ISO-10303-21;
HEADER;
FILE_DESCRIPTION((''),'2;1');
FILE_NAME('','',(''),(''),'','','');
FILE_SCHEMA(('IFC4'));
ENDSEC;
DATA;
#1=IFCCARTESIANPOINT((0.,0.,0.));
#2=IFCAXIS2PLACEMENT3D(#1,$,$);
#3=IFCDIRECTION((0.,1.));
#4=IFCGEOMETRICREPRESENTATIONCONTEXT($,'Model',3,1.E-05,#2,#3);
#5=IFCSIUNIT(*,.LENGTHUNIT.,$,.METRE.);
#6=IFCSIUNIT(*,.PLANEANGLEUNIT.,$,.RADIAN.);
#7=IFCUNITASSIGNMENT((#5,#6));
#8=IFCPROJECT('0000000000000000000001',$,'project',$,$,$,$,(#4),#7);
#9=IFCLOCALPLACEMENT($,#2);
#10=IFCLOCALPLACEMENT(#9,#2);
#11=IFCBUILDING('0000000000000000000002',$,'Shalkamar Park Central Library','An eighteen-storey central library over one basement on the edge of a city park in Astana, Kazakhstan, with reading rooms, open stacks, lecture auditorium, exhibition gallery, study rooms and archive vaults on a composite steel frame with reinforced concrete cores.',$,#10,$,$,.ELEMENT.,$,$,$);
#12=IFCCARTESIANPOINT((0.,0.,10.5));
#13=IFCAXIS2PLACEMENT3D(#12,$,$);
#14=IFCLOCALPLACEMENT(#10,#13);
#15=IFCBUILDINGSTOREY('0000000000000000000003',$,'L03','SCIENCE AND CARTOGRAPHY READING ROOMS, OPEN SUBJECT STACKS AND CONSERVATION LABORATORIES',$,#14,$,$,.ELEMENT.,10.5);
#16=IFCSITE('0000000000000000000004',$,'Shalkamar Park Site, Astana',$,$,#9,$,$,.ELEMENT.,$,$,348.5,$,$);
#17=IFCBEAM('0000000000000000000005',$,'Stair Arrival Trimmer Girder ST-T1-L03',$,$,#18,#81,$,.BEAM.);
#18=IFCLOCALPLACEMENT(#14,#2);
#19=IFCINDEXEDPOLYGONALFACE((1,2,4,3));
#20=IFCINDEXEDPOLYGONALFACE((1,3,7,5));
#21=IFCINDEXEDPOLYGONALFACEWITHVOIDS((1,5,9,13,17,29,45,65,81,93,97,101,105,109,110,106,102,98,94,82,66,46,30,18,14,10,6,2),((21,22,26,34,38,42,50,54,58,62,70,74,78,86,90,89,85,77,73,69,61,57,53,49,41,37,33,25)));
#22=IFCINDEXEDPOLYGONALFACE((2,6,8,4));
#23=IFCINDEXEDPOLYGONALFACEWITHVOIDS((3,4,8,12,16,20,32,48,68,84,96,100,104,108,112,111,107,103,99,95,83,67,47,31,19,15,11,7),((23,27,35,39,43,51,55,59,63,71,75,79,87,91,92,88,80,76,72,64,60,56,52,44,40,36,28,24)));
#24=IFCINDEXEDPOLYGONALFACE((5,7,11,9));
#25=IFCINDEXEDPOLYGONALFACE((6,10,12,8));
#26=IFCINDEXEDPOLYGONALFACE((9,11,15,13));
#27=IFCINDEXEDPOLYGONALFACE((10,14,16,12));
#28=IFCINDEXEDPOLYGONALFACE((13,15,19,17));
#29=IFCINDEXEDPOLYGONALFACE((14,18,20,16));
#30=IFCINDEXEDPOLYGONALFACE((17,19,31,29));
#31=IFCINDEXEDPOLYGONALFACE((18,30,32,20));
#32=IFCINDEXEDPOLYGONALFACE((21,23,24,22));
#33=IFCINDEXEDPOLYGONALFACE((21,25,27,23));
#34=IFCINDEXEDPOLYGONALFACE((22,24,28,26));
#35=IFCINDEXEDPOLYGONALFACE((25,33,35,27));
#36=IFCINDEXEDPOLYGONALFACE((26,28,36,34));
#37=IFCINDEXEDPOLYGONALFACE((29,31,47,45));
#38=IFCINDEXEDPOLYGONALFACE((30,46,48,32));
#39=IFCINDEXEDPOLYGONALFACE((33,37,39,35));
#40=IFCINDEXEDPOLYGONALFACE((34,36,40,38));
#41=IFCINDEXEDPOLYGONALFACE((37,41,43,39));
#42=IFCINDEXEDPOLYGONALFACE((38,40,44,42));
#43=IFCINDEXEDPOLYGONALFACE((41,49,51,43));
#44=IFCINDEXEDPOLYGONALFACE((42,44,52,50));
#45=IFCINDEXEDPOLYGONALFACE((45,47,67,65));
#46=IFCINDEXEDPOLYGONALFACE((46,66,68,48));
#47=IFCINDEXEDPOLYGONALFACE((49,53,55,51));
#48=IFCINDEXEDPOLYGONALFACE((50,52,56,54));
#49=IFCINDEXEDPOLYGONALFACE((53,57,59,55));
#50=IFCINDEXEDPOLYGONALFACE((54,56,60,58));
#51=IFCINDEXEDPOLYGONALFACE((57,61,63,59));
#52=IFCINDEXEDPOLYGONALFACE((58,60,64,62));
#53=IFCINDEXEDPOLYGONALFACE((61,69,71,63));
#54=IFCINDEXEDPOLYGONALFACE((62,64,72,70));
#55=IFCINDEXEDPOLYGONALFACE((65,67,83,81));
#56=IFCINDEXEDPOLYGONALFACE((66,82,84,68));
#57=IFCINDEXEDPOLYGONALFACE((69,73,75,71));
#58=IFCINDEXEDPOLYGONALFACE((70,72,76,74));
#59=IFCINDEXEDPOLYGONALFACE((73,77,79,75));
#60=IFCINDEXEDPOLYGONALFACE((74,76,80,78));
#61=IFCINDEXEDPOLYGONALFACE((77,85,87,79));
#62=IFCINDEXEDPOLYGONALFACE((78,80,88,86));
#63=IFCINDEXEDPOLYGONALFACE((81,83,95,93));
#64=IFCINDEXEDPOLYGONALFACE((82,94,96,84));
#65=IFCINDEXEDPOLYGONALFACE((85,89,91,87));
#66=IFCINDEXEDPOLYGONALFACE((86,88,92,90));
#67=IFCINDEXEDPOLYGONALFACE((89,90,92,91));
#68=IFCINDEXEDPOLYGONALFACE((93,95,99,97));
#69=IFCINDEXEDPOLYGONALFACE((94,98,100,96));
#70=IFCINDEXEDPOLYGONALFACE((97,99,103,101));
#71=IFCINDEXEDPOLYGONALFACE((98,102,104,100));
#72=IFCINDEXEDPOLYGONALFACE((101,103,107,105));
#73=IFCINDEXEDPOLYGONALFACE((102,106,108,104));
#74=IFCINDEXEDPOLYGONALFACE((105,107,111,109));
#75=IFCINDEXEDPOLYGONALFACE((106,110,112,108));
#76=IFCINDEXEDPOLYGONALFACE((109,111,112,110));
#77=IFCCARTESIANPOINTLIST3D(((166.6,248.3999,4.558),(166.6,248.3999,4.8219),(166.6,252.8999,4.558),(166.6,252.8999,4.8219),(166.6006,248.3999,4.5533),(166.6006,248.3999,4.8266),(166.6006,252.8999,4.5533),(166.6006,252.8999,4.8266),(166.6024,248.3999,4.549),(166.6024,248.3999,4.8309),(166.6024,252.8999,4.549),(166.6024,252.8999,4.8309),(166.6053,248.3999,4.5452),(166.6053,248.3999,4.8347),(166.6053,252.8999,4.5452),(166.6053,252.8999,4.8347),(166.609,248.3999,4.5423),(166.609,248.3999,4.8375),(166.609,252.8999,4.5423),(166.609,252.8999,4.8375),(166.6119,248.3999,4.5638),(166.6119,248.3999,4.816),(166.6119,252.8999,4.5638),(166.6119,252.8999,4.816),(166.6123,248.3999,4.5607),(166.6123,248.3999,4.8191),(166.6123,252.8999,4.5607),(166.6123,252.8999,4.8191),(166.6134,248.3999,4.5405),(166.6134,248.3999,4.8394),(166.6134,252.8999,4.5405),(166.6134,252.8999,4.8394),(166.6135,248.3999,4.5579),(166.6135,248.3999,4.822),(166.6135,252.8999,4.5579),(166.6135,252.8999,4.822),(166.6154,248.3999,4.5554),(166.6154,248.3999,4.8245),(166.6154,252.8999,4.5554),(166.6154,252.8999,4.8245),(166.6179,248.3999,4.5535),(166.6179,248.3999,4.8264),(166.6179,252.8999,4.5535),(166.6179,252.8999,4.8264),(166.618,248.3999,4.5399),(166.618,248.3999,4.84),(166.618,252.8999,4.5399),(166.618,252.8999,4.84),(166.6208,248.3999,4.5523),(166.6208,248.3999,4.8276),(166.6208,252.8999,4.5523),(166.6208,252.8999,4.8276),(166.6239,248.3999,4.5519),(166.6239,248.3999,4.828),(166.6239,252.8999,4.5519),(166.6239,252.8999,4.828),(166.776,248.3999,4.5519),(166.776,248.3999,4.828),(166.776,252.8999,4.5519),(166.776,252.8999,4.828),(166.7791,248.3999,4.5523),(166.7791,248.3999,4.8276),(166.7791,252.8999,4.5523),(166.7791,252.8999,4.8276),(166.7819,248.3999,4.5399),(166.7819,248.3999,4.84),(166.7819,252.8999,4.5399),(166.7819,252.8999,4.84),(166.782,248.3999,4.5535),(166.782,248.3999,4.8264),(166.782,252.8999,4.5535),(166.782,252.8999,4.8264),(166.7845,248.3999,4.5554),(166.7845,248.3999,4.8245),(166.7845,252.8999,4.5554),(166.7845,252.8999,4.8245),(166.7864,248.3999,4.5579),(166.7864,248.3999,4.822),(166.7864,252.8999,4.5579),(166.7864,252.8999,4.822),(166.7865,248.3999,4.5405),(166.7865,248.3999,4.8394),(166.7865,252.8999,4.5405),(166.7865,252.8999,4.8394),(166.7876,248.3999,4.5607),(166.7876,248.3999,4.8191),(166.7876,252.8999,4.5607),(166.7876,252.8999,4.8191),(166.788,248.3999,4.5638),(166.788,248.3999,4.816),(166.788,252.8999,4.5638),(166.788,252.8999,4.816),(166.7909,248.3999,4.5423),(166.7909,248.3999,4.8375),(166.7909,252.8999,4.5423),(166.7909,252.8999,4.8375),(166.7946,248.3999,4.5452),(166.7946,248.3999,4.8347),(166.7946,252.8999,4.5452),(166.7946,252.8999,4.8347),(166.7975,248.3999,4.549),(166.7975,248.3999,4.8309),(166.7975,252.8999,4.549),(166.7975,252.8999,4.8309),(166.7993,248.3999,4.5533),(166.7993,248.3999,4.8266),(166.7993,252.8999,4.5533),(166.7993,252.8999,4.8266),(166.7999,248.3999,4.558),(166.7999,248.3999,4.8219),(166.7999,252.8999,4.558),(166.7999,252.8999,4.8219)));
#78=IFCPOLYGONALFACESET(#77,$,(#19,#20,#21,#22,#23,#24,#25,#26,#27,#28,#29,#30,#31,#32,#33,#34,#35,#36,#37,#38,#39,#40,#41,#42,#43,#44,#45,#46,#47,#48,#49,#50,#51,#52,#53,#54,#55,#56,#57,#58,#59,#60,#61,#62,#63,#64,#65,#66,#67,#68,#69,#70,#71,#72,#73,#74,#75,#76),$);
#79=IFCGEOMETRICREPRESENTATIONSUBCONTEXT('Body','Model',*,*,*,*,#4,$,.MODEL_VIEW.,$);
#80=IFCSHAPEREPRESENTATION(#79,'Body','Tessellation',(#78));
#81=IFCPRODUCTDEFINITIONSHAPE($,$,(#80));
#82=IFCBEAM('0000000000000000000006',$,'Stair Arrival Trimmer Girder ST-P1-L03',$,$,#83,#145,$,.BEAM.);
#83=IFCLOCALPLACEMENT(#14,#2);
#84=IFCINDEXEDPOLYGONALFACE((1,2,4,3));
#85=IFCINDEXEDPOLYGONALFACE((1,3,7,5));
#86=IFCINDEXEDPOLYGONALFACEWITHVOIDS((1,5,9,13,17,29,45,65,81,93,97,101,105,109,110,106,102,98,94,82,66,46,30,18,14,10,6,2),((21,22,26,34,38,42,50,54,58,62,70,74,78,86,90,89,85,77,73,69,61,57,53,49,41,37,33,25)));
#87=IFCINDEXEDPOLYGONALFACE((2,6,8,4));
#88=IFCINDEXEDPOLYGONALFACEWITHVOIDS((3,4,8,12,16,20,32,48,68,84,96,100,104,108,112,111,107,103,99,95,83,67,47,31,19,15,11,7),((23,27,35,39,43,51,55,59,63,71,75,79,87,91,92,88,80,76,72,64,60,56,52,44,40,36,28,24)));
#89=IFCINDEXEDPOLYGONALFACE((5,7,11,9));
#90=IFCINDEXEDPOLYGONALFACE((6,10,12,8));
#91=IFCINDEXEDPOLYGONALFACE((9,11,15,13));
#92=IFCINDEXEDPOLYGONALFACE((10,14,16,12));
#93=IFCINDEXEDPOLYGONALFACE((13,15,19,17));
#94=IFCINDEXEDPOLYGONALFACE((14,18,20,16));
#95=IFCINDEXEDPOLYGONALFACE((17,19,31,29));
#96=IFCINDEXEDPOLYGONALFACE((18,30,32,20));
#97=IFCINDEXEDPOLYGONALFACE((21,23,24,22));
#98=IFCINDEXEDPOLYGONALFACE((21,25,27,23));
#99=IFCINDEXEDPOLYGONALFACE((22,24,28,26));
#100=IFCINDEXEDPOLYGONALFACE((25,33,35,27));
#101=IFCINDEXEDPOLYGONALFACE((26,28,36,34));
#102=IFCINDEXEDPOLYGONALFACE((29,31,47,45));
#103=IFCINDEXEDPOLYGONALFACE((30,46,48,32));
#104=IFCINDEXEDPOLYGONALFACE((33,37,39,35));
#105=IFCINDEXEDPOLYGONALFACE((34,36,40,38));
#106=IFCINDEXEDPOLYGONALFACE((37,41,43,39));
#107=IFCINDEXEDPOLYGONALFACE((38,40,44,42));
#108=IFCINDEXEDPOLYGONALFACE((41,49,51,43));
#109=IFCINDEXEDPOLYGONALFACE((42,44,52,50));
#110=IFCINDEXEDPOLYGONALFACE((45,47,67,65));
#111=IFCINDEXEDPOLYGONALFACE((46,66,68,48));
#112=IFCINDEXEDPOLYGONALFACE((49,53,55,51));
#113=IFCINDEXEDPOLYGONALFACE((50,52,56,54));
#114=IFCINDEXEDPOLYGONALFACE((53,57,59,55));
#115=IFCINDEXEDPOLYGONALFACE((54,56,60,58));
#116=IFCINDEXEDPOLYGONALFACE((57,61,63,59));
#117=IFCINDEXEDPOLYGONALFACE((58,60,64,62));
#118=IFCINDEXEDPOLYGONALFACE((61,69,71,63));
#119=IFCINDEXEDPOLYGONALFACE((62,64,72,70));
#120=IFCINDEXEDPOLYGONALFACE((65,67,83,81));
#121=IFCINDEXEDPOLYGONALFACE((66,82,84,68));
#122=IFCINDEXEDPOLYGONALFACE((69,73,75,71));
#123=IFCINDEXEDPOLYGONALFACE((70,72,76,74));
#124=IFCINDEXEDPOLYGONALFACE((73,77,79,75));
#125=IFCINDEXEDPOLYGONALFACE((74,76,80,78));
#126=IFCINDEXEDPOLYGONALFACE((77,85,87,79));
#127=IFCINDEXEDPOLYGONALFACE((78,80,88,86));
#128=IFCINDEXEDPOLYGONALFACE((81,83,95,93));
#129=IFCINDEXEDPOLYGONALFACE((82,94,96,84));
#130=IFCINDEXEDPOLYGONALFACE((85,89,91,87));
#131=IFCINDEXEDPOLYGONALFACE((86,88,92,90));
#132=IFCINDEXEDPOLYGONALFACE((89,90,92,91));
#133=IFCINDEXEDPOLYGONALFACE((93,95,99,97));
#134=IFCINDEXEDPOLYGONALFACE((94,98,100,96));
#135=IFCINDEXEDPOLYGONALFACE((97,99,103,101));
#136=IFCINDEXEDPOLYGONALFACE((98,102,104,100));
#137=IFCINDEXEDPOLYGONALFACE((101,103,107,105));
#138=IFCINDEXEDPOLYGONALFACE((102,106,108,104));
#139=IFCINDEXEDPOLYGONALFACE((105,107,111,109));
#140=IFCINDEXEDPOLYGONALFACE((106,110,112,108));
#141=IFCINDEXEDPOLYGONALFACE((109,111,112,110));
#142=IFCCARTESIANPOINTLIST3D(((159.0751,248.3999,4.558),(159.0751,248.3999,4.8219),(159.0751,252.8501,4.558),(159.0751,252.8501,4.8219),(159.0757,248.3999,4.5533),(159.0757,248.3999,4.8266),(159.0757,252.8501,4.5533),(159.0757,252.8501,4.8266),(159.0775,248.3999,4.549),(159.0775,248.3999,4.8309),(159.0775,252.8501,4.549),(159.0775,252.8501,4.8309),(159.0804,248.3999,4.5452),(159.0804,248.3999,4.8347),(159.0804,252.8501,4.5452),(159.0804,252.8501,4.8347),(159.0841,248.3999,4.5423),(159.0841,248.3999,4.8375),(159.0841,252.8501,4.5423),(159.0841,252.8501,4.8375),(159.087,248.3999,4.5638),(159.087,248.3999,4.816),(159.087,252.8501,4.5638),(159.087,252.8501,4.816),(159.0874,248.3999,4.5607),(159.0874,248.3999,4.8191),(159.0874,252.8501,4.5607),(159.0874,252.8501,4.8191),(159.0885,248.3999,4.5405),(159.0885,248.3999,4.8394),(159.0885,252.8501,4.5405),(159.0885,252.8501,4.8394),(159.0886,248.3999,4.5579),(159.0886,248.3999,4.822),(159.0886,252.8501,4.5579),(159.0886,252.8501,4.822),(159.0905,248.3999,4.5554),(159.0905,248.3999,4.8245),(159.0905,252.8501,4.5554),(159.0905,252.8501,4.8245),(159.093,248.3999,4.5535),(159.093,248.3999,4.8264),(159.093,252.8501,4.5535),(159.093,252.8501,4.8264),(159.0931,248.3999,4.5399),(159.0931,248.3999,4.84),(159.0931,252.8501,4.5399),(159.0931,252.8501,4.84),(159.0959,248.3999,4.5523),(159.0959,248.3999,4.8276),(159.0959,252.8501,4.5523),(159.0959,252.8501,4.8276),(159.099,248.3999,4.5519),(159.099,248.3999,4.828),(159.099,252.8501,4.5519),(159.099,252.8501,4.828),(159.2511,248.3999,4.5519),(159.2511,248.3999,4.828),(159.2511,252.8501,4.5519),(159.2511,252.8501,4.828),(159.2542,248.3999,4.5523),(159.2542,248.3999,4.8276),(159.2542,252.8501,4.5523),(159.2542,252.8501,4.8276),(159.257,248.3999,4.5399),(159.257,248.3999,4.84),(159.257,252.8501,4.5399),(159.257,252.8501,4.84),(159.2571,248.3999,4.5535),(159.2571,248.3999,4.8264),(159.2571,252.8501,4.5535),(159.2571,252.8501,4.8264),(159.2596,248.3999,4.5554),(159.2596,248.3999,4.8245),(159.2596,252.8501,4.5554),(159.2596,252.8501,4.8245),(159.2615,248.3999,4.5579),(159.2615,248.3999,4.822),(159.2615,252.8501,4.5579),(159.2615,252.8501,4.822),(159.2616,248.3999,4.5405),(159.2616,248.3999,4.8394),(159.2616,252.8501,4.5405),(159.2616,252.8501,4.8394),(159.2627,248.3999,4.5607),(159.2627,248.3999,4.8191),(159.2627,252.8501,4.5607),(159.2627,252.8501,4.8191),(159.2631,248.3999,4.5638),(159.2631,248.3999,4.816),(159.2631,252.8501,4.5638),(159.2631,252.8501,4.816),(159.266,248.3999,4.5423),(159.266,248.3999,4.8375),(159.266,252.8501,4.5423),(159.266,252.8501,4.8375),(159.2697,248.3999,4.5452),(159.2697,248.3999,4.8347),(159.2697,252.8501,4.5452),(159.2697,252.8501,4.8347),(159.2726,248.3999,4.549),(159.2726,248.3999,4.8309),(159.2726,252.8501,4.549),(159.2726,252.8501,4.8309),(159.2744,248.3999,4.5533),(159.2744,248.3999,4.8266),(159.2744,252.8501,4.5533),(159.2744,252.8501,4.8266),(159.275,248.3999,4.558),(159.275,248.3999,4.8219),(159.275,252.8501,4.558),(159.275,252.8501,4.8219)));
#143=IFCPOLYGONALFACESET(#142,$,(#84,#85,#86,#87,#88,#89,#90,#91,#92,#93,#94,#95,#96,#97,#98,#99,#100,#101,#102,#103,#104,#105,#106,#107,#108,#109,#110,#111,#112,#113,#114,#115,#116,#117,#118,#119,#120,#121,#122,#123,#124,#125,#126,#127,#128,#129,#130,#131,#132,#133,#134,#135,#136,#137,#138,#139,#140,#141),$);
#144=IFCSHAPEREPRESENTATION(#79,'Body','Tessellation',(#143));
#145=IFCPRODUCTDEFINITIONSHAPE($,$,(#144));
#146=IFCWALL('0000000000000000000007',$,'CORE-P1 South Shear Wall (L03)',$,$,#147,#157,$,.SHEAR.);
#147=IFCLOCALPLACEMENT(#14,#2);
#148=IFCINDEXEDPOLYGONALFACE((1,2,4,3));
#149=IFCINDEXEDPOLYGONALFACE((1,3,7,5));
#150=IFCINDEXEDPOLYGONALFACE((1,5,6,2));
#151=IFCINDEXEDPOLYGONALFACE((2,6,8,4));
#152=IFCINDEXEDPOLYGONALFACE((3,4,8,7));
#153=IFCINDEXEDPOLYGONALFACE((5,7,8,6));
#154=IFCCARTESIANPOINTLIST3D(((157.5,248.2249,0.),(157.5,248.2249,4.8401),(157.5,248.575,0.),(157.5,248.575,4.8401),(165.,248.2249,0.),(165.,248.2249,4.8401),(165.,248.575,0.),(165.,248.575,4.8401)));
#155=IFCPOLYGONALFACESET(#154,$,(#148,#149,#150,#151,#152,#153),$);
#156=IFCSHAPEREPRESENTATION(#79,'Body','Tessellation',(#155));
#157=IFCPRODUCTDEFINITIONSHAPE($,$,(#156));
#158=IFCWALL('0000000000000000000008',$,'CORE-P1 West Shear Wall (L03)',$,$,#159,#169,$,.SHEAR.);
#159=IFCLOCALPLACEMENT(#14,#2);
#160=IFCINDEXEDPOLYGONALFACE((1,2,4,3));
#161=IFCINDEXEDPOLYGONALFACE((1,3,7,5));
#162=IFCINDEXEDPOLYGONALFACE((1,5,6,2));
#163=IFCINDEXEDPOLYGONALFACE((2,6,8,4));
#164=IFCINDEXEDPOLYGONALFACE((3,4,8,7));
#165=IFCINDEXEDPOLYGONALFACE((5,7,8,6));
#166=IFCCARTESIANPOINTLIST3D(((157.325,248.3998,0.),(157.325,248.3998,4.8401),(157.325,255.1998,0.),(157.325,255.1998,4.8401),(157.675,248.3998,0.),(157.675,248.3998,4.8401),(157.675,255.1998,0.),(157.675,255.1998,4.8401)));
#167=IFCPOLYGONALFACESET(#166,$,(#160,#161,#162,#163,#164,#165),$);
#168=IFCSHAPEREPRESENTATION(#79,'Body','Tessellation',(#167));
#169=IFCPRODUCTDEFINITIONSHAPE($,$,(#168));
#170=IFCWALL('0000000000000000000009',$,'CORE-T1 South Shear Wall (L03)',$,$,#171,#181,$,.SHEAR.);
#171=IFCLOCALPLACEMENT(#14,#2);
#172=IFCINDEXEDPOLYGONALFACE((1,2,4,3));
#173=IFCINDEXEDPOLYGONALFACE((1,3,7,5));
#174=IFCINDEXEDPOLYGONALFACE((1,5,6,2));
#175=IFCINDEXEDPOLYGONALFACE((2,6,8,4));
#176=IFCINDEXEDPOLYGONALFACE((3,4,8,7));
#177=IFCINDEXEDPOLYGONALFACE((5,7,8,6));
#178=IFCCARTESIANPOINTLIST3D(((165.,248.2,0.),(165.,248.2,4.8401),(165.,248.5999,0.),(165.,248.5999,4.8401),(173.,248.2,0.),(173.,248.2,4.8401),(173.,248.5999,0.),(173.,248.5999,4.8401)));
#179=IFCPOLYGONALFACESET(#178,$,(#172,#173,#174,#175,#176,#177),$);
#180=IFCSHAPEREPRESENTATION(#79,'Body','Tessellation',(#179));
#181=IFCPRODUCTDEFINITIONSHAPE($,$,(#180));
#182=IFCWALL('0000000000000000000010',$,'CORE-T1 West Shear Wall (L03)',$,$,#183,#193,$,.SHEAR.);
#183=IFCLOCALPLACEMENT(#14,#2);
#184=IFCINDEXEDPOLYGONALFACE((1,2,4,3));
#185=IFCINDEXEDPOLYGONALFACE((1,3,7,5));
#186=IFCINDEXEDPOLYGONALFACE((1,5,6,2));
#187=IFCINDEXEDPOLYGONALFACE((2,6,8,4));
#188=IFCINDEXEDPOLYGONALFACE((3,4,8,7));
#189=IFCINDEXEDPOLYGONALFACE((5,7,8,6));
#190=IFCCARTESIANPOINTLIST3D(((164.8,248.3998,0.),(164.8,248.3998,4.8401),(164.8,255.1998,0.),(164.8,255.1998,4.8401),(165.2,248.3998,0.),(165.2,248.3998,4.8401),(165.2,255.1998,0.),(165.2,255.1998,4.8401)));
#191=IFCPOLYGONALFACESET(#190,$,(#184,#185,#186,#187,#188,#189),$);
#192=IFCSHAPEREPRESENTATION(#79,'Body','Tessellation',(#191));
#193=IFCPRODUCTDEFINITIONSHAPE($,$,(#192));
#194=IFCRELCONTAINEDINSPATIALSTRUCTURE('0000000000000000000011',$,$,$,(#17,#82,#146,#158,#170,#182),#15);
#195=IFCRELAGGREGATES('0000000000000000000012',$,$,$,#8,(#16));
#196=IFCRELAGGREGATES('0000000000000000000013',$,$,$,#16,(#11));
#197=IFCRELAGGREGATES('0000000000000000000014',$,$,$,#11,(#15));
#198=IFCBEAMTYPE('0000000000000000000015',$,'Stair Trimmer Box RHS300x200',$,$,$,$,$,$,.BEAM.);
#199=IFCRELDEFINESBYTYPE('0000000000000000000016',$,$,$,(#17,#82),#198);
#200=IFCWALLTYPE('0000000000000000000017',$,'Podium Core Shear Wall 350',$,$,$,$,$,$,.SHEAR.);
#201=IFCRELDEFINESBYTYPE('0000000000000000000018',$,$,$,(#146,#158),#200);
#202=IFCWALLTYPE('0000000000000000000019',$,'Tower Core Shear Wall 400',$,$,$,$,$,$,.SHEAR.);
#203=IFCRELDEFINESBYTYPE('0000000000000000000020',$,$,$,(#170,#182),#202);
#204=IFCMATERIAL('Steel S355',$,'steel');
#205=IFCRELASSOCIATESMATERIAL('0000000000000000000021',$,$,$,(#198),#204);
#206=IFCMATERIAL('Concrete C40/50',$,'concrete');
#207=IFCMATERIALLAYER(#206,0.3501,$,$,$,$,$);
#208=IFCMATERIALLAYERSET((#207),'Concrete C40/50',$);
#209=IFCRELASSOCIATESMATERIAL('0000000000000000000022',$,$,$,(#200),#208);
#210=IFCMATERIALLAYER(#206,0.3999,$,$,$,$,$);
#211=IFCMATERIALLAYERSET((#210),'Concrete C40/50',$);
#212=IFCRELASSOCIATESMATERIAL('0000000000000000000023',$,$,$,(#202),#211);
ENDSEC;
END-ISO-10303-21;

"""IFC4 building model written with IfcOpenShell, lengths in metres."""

from ifc_helpers import new_model, si_unit, direction, frame, frame_2d, origin, origin_2d, place, context, subcontext, project, spatial, rectangle, hollow_rectangle, extrude, material, layer, layer_set, material_profile, profile_set, type_object, element, save


model = new_model("IFC4")

# Units and contexts
model_context = context("Model", 3, precision=1e-05, world=origin(), true_north=direction((0.0, 1.0)))
body_context = subcontext(model_context, "Body", "Model", "MODEL_VIEW")
ifc_project = project(units=[si_unit("LENGTHUNIT", "METRE"), si_unit("PLANEANGLEUNIT", "RADIAN")], contexts=[model_context])

# Site, building, storey
site_placement = place(None, origin())
site = spatial("IfcSite", under=ifc_project, at=site_placement, Name="Shalkamar Park Site, Astana", CompositionType="ELEMENT", RefElevation=348.5)
building_placement = place(site_placement, origin())
building = spatial("IfcBuilding", under=site, at=building_placement, Name="Shalkamar Park Central Library", Description="An eighteen-storey central library over one basement on the edge of a city park in Astana, Kazakhstan, with reading rooms, open stacks, lecture auditorium, exhibition gallery, study rooms and archive vaults on a composite steel frame with reinforced concrete cores.", CompositionType="ELEMENT")
storey_placement = place(building_placement, frame((0.0, 0.0, 10.5)))
storey = spatial("IfcBuildingStorey", under=building, at=storey_placement, Name="L03", Description="SCIENCE AND CARTOGRAPHY READING ROOMS, OPEN SUBJECT STACKS AND CONSERVATION LABORATORIES", CompositionType="ELEMENT", Elevation=10.5)

# Shared definitions
ifc_material_1 = material(Name="Steel S355", Category="steel")

# Beams
ifc_material_profile_1 = material_profile(ifc_material_1, hollow_rectangle(XDim=0.2, YDim=0.3, WallThickness=0.012, InnerFilletRadius=0.012, OuterFilletRadius=0.0181, at=origin_2d()), Name="RHS 300x200x12")
ifc_profile_set_1 = profile_set([ifc_material_profile_1], Name="Steel S355")
beam_type_1 = type_object("IfcBeamType", Name="Stair Trimmer Box RHS300x200", PredefinedType="BEAM", material=ifc_profile_set_1)
beam_1_placement = place(storey_placement, frame((166.7, 248.3999, 4.6899), z_axis=(0.0, 1.0, 0.0), x_axis=(-1.0, 0.0, 0.0)))
element("IfcBeam", 1, at=beam_1_placement, inside=storey, type_object=beam_type_1, Name="Stair Arrival Trimmer Girder ST-T1-L03", PredefinedType="BEAM", context=body_context, shape_type="SweptSolid", body=[
    extrude(hollow_rectangle(XDim=0.2, YDim=0.3, WallThickness=0.012, InnerFilletRadius=0.012, OuterFilletRadius=0.0181, at=origin_2d()), origin(), (0.0, 0.0, 1.0), 4.5),
])
beam_2_placement = place(storey_placement, frame((159.175, 248.3999, 4.6899), z_axis=(0.0, 1.0, 0.0), x_axis=(-1.0, 0.0, 0.0)))
element("IfcBeam", 2, at=beam_2_placement, inside=storey, type_object=beam_type_1, Name="Stair Arrival Trimmer Girder ST-P1-L03", PredefinedType="BEAM", context=body_context, shape_type="SweptSolid", body=[
    extrude(hollow_rectangle(XDim=0.2, YDim=0.3, WallThickness=0.012, InnerFilletRadius=0.012, OuterFilletRadius=0.0181, at=origin_2d()), origin(), (0.0, 0.0, 1.0), 4.4502),
])

# Walls
ifc_material_2 = material(Name="Concrete C40/50", Category="concrete")
ifc_layer_1 = layer(ifc_material_2, 0.3501)
ifc_layer_set_1 = layer_set([ifc_layer_1], Name="Concrete C40/50")
wall_type_1 = type_object("IfcWallType", Name="Podium Core Shear Wall 350", PredefinedType="SHEAR", material=ifc_layer_set_1)
wall_1_placement = place(storey_placement, frame((157.5, 248.3999, 0.0), z_axis=(0.0, 0.0, 1.0), x_axis=(1.0, 0.0, 0.0)))
element("IfcWall", 3, at=wall_1_placement, inside=storey, type_object=wall_type_1, Name="CORE-P1 South Shear Wall (L03)", PredefinedType="SHEAR", context=body_context, shape_type="SweptSolid", body=[
    extrude(rectangle(XDim=7.5, YDim=0.3501, at=frame_2d((3.75, 0.0))), origin(), (0.0, 0.0, 1.0), 4.8401),
])
wall_2_placement = place(storey_placement, frame((157.5, 248.3999, 0.0), z_axis=(0.0, 0.0, 1.0), x_axis=(0.0, 1.0, 0.0)))
element("IfcWall", 4, at=wall_2_placement, inside=storey, type_object=wall_type_1, Name="CORE-P1 West Shear Wall (L03)", PredefinedType="SHEAR", context=body_context, shape_type="SweptSolid", body=[
    extrude(rectangle(XDim=6.8, YDim=0.3501, at=frame_2d((3.3999, 0.0))), origin(), (0.0, 0.0, 1.0), 4.8401),
])
ifc_layer_2 = layer(ifc_material_2, 0.3999)
ifc_layer_set_2 = layer_set([ifc_layer_2], Name="Concrete C40/50")
wall_type_2 = type_object("IfcWallType", Name="Tower Core Shear Wall 400", PredefinedType="SHEAR", material=ifc_layer_set_2)
wall_3_placement = place(storey_placement, frame((165.0, 248.3999, 0.0), z_axis=(0.0, 0.0, 1.0), x_axis=(1.0, 0.0, 0.0)))
element("IfcWall", 5, at=wall_3_placement, inside=storey, type_object=wall_type_2, Name="CORE-T1 South Shear Wall (L03)", PredefinedType="SHEAR", context=body_context, shape_type="SweptSolid", body=[
    extrude(rectangle(XDim=8.0, YDim=0.3999, at=frame_2d((4.0, 0.0))), origin(), (0.0, 0.0, 1.0), 4.8401),
])
wall_4_placement = place(storey_placement, frame((165.0, 248.3999, 0.0), z_axis=(0.0, 0.0, 1.0), x_axis=(0.0, 1.0, 0.0)))
element("IfcWall", 6, at=wall_4_placement, inside=storey, type_object=wall_type_2, Name="CORE-T1 West Shear Wall (L03)", PredefinedType="SHEAR", context=body_context, shape_type="SweptSolid", body=[
    extrude(rectangle(XDim=6.8, YDim=0.3999, at=frame_2d((3.3999, 0.0))), origin(), (0.0, 0.0, 1.0), 4.8401),
])

save(model, "model.ifc")
